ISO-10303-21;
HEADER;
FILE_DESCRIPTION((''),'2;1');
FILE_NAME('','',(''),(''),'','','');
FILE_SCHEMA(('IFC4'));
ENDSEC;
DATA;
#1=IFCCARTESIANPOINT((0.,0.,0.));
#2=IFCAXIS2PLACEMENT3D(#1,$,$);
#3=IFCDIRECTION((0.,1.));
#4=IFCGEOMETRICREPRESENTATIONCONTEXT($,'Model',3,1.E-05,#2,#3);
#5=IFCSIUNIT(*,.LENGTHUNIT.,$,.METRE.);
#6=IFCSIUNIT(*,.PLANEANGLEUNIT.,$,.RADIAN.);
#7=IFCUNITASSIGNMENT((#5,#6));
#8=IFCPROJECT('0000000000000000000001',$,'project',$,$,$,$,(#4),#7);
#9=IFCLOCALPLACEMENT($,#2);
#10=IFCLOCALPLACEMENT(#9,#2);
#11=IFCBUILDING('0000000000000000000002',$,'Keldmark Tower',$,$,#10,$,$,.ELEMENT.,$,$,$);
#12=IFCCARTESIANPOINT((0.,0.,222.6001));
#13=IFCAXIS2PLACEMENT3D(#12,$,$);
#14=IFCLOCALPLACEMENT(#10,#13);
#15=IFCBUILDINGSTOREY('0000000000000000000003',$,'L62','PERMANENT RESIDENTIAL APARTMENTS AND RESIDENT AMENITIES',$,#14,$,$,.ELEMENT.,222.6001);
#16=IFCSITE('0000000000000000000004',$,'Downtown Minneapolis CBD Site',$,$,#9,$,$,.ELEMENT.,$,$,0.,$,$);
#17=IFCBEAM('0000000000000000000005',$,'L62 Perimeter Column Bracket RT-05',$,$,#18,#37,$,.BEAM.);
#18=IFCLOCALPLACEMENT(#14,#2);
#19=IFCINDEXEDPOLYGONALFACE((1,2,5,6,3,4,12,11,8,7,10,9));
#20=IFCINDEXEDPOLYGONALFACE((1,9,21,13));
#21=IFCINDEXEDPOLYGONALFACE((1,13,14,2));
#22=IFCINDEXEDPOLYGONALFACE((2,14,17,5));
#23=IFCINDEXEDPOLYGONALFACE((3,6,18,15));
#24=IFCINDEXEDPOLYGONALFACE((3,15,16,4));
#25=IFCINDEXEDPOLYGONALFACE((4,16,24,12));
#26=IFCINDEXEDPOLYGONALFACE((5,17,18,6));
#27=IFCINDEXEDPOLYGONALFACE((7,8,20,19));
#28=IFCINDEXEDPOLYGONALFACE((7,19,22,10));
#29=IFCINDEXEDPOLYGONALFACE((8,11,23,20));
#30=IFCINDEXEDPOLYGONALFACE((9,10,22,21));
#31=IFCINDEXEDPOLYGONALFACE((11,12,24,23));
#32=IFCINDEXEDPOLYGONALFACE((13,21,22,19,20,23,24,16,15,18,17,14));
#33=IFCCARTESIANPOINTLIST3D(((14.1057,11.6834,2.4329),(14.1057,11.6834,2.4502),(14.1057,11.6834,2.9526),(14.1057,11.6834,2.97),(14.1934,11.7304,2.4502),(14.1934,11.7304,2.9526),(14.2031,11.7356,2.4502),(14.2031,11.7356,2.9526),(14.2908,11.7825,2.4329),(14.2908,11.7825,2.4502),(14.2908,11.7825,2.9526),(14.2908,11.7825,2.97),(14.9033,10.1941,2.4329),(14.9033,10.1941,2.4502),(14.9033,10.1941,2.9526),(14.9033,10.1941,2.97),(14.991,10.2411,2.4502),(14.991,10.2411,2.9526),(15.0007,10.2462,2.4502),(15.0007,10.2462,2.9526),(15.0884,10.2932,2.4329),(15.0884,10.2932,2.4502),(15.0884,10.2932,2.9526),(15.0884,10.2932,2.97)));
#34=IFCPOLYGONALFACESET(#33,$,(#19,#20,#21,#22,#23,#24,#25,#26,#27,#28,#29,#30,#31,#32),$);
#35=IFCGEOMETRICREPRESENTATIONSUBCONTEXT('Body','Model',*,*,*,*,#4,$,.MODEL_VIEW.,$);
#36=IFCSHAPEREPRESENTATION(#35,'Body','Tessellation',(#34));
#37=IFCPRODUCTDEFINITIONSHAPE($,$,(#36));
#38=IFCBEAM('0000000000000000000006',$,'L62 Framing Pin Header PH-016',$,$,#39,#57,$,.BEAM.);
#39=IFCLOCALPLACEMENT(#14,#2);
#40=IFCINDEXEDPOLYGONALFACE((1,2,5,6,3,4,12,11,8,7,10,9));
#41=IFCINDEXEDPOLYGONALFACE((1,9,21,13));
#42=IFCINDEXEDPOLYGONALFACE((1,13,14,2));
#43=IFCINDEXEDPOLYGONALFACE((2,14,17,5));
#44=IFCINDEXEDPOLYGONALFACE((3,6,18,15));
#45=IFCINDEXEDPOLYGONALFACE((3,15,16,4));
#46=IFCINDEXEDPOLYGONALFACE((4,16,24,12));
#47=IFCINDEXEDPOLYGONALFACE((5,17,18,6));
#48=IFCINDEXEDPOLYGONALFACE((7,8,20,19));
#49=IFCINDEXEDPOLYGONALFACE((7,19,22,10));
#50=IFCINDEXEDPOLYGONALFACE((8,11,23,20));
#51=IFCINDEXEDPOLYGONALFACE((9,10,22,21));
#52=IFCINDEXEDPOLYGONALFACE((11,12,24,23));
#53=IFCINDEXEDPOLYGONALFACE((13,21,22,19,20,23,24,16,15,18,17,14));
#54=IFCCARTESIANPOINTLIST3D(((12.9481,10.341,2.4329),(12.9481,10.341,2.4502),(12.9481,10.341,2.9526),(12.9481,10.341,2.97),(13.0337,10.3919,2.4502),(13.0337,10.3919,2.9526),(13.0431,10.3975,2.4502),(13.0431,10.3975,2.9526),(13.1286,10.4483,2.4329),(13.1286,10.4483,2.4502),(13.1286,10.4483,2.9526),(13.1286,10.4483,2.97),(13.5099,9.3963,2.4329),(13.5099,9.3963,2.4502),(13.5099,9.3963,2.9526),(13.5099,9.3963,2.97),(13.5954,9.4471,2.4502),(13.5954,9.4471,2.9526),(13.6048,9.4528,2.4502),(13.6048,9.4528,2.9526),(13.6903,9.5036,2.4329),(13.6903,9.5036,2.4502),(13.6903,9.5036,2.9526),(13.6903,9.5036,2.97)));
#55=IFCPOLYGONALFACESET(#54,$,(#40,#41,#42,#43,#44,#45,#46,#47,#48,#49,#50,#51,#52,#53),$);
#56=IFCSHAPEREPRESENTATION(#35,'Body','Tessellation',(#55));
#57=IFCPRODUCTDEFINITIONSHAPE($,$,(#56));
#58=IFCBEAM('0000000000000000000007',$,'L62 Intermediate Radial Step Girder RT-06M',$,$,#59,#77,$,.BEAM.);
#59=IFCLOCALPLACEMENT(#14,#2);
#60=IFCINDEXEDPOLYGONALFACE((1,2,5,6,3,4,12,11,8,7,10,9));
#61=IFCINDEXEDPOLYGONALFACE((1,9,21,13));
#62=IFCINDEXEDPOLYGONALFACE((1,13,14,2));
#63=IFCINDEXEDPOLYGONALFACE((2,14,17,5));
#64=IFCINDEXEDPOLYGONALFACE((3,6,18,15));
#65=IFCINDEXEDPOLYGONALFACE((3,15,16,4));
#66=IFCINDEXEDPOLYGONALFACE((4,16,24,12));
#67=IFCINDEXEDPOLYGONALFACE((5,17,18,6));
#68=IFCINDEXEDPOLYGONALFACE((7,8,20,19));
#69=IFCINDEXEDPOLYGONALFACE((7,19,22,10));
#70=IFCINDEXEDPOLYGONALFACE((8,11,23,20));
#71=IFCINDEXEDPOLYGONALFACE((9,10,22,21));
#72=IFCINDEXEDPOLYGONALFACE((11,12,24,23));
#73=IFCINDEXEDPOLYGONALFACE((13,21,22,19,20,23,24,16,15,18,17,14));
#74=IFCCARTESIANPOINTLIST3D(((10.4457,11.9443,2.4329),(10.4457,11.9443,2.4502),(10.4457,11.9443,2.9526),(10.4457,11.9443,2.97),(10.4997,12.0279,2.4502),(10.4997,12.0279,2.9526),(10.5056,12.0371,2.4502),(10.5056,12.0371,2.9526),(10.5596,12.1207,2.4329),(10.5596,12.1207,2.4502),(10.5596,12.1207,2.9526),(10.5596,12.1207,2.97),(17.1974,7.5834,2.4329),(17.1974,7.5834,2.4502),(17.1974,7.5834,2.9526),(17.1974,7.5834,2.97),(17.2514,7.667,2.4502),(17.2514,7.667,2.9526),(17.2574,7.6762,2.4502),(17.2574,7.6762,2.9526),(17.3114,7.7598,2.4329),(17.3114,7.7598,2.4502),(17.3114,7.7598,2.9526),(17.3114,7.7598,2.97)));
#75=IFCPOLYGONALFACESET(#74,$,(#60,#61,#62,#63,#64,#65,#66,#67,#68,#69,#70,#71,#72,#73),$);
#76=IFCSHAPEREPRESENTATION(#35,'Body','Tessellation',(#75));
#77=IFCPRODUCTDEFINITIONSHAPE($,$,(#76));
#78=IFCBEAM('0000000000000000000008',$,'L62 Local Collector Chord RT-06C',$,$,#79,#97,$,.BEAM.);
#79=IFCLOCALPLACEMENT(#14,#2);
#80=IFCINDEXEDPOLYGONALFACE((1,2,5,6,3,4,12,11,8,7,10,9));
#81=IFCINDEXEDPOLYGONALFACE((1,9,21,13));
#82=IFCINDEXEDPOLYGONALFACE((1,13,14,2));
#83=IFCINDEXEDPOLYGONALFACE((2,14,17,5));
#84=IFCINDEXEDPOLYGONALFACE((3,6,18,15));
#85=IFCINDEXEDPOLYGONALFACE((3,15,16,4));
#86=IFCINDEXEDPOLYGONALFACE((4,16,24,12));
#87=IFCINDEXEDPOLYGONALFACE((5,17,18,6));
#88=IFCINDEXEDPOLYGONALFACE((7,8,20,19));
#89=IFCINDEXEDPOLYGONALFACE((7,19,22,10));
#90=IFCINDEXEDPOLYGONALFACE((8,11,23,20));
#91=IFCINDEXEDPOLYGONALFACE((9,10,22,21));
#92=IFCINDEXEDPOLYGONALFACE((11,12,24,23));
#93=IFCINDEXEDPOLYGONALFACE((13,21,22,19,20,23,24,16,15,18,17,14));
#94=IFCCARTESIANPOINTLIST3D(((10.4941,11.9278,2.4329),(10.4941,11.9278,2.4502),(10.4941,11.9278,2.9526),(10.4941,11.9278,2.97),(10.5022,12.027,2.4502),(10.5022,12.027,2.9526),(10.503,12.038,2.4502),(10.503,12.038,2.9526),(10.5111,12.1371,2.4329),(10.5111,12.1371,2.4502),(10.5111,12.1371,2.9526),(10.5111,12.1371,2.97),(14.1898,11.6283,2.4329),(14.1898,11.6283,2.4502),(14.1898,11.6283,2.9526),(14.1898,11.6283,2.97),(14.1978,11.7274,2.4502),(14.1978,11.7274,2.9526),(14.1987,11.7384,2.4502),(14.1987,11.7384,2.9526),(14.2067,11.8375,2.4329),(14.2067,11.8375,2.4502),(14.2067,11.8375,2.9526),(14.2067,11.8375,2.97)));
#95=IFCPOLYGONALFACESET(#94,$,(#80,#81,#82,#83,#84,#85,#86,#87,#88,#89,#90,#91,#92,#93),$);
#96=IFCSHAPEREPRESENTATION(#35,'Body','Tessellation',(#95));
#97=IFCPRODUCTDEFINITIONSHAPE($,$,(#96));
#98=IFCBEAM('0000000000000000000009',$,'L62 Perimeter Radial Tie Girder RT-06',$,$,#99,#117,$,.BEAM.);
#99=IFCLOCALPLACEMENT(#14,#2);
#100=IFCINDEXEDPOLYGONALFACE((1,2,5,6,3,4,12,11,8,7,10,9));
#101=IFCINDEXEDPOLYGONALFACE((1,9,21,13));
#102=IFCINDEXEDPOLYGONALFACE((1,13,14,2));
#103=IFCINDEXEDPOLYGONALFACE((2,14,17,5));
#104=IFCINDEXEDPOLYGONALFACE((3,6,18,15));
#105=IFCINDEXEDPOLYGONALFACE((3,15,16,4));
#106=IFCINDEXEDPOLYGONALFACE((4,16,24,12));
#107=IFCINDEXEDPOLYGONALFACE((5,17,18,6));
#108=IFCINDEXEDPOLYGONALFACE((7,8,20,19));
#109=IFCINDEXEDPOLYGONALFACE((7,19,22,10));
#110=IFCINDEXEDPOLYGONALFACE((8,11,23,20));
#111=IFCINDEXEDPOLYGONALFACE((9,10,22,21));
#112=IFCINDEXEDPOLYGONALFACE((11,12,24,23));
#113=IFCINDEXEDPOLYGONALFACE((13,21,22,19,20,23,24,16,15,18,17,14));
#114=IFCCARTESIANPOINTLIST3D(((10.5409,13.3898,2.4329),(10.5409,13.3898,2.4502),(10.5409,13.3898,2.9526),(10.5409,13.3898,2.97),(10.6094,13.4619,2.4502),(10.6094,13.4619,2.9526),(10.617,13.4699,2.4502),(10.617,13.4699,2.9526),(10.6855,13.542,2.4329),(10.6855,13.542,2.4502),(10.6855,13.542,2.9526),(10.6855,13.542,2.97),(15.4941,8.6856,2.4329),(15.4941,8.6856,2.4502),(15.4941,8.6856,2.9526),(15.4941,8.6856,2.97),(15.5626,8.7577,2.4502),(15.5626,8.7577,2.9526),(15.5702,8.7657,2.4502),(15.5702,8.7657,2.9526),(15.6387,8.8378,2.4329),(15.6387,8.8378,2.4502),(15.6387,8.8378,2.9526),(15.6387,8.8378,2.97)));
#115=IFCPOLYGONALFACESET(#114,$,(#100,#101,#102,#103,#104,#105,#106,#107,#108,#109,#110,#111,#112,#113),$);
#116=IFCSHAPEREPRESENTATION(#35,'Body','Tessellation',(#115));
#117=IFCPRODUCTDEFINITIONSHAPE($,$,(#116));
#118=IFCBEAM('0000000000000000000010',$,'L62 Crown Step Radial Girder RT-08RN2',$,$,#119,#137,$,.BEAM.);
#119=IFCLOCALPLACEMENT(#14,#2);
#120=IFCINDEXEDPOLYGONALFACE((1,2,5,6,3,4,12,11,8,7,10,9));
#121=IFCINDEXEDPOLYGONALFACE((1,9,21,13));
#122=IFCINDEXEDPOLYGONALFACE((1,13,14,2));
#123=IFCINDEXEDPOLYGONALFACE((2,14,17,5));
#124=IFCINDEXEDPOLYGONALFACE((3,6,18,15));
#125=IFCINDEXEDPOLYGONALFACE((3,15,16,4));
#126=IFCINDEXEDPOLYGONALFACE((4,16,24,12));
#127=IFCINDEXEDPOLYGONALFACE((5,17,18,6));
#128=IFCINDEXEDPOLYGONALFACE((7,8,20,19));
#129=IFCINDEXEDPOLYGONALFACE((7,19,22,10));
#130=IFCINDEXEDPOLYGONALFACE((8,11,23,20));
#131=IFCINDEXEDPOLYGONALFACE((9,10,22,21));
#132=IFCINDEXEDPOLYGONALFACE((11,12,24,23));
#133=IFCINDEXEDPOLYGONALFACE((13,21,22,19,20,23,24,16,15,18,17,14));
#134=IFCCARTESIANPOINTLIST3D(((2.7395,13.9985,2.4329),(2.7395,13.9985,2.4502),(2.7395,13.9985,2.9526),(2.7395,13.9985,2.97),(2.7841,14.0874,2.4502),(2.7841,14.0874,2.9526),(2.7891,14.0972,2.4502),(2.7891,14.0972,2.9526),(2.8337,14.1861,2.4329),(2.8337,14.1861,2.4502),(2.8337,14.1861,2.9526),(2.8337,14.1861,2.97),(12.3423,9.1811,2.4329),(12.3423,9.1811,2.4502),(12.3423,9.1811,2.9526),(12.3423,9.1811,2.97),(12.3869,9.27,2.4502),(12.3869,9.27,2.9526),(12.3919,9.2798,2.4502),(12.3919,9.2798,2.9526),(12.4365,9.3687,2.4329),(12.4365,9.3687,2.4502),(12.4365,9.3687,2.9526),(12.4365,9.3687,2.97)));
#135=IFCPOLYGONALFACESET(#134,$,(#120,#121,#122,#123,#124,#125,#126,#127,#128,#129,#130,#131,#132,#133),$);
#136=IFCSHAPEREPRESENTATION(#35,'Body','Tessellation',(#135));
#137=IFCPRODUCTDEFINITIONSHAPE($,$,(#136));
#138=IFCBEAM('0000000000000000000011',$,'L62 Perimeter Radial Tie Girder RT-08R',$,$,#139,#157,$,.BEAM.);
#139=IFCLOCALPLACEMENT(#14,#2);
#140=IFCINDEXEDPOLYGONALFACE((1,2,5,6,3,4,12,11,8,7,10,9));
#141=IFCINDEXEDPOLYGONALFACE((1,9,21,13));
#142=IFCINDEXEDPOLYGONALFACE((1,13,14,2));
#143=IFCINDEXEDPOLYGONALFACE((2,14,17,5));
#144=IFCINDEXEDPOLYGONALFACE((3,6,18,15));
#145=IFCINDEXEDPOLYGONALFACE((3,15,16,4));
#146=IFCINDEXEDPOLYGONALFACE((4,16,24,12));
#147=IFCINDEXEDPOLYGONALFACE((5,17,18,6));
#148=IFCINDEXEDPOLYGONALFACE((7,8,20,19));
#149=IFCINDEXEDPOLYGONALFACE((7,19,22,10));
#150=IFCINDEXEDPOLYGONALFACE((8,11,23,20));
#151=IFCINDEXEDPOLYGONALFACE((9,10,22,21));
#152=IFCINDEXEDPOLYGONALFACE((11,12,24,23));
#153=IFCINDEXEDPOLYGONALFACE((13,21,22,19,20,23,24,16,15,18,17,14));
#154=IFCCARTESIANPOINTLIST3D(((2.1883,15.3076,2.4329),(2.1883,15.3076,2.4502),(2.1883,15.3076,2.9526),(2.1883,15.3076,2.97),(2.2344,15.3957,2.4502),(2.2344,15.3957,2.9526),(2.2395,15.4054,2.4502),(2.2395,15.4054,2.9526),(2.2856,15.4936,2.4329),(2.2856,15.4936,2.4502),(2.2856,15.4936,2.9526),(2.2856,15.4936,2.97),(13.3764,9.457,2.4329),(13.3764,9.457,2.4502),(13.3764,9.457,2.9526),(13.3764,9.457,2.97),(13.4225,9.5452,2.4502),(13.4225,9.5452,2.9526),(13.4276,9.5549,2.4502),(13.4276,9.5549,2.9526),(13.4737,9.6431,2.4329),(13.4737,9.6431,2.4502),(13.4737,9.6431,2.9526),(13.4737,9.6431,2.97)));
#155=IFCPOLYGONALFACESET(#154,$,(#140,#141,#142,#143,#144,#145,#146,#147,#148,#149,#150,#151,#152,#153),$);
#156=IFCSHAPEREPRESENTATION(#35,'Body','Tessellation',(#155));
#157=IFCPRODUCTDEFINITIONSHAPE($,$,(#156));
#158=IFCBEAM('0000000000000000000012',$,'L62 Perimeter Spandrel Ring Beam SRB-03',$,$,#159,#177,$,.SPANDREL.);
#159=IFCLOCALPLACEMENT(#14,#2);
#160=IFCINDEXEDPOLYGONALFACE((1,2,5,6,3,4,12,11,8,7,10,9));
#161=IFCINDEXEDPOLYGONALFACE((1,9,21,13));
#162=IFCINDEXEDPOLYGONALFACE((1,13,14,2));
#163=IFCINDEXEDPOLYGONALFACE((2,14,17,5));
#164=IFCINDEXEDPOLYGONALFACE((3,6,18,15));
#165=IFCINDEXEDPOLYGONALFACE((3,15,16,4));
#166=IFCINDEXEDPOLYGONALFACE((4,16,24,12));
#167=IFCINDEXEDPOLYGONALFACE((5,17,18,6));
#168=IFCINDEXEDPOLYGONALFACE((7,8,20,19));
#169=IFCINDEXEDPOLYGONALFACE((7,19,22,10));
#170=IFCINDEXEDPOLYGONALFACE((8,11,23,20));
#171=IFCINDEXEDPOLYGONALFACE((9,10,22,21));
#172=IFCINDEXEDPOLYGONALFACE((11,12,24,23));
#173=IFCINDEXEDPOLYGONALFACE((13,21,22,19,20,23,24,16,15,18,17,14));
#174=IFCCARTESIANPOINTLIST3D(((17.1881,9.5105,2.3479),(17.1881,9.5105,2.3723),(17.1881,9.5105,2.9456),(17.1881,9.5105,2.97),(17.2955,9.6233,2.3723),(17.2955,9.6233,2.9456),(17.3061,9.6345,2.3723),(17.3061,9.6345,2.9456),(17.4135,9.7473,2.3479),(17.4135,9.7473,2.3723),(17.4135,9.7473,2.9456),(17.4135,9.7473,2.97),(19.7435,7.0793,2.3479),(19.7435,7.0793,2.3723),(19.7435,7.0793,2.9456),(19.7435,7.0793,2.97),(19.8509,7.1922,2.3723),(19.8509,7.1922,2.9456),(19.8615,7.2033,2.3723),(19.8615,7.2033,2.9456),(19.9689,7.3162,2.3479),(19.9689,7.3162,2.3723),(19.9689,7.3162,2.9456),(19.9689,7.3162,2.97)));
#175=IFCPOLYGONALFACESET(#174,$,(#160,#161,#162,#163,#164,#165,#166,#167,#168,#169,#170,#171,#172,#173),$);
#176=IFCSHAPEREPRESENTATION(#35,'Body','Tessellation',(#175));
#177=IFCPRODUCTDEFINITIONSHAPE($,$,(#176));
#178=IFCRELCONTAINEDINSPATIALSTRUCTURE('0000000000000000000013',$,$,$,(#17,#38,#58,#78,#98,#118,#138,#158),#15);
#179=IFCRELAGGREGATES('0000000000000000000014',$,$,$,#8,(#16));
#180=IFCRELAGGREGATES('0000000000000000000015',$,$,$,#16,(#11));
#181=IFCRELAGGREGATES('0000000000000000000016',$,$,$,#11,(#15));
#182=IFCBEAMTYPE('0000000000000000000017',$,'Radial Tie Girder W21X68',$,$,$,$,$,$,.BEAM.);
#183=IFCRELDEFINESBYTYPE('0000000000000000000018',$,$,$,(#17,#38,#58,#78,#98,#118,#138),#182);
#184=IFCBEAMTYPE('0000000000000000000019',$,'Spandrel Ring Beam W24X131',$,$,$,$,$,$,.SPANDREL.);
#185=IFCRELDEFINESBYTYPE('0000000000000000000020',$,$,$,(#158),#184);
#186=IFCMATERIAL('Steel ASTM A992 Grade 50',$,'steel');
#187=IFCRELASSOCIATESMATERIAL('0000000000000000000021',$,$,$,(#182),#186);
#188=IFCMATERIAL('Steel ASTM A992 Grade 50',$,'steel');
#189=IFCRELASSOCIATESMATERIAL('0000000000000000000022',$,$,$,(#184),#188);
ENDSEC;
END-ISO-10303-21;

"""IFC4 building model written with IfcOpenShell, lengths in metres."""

from ifc_helpers import new_model, si_unit, direction, frame, origin, origin_2d, place, context, subcontext, project, spatial, i_section, extrude, material, material_profile, profile_set, type_object, element, save


model = new_model("IFC4")

# Units and contexts
model_context = context("Model", 3, precision=1e-05, world=origin(), true_north=direction((0.0, 1.0)))
body_context = subcontext(model_context, "Body", "Model", "MODEL_VIEW")
ifc_project = project(units=[si_unit("LENGTHUNIT", "METRE"), si_unit("PLANEANGLEUNIT", "RADIAN")], contexts=[model_context])

# Site, building, storey
site_placement = place(None, origin())
site = spatial("IfcSite", under=ifc_project, at=site_placement, Name="Downtown Minneapolis CBD Site", CompositionType="ELEMENT", RefElevation=0.0)
building_placement = place(site_placement, origin())
building = spatial("IfcBuilding", under=site, at=building_placement, Name="Keldmark Tower", CompositionType="ELEMENT")
storey_placement = place(building_placement, frame((0.0, 0.0, 222.6001)))
storey = spatial("IfcBuildingStorey", under=building, at=storey_placement, Name="L62", Description="PERMANENT RESIDENTIAL APARTMENTS AND RESIDENT AMENITIES", CompositionType="ELEMENT", Elevation=222.6001)

# Beams
ifc_material_1 = material(Name="Steel ASTM A992 Grade 50", Category="steel")
ifc_material_profile_1 = material_profile(ifc_material_1, i_section(OverallWidth=0.21, OverallDepth=0.5371, WebThickness=0.011, FlangeThickness=0.0173, at=origin_2d()), Name="W21X68")
ifc_profile_set_1 = profile_set([ifc_material_profile_1], Name="Steel ASTM A992 Grade 50")
beam_type_1 = type_object("IfcBeamType", Name="Radial Tie Girder W21X68", PredefinedType="BEAM", material=ifc_profile_set_1)
beam_1_placement = place(storey_placement, frame((14.9958, 10.2437, 2.7014), z_axis=(-0.472125, 0.881532, 0.0), x_axis=(-0.881532, -0.472125, 0.0)))
element("IfcBeam", 1, at=beam_1_placement, inside=storey, type_object=beam_type_1, Name="L62 Perimeter Column Bracket RT-05", PredefinedType="BEAM", context=body_context, shape_type="SweptSolid", body=[
    extrude(i_section(OverallWidth=0.21, OverallDepth=0.5371, WebThickness=0.011, FlangeThickness=0.0173, at=origin_2d()), origin(), (0.0, 0.0, 1.0), 1.6895),
])
beam_2_placement = place(storey_placement, frame((13.6001, 9.45, 2.7014), z_axis=(-0.511062, 0.859544, 0.0), x_axis=(-0.859544, -0.511062, 0.0)))
element("IfcBeam", 2, at=beam_2_placement, inside=storey, type_object=beam_type_1, Name="L62 Framing Pin Header PH-016", PredefinedType="BEAM", context=body_context, shape_type="SweptSolid", body=[
    extrude(i_section(OverallWidth=0.21, OverallDepth=0.5371, WebThickness=0.011, FlangeThickness=0.0173, at=origin_2d()), origin(), (0.0, 0.0, 1.0), 1.0991),
])
beam_3_placement = place(storey_placement, frame((17.2544, 7.6716, 2.7014), z_axis=(-0.840019, 0.542557, 0.0), x_axis=(-0.542557, -0.840019, 0.0)))
element("IfcBeam", 3, at=beam_3_placement, inside=storey, type_object=beam_type_1, Name="L62 Intermediate Radial Step Girder RT-06M", PredefinedType="BEAM", context=body_context, shape_type="SweptSolid", body=[
    extrude(i_section(OverallWidth=0.21, OverallDepth=0.5371, WebThickness=0.011, FlangeThickness=0.0173, at=origin_2d()), origin(), (0.0, 0.0, 1.0), 8.0376),
])
beam_4_placement = place(storey_placement, frame((14.1982, 11.7329, 2.7014), z_axis=(-0.996731, 0.080795, 0.0), x_axis=(-0.080795, -0.996731, 0.0)))
element("IfcBeam", 4, at=beam_4_placement, inside=storey, type_object=beam_type_1, Name="L62 Local Collector Chord RT-06C", PredefinedType="BEAM", context=body_context, shape_type="SweptSolid", body=[
    extrude(i_section(OverallWidth=0.21, OverallDepth=0.5371, WebThickness=0.011, FlangeThickness=0.0173, at=origin_2d()), origin(), (0.0, 0.0, 1.0), 3.7078),
])
beam_5_placement = place(storey_placement, frame((15.5664, 8.7617, 2.7014), z_axis=(-0.725099, 0.688644, 0.0), x_axis=(-0.688644, -0.725099, 0.0)))
element("IfcBeam", 5, at=beam_5_placement, inside=storey, type_object=beam_type_1, Name="L62 Perimeter Radial Tie Girder RT-06", PredefinedType="BEAM", context=body_context, shape_type="SweptSolid", body=[
    extrude(i_section(OverallWidth=0.21, OverallDepth=0.5371, WebThickness=0.011, FlangeThickness=0.0173, at=origin_2d()), origin(), (0.0, 0.0, 1.0), 6.8311),
])
beam_6_placement = place(storey_placement, frame((12.3894, 9.2749, 2.7014), z_axis=(-0.893831, 0.448404, 0.0), x_axis=(-0.448404, -0.893831, 0.0)))
element("IfcBeam", 6, at=beam_6_placement, inside=storey, type_object=beam_type_1, Name="L62 Crown Step Radial Girder RT-08RN2", PredefinedType="BEAM", context=body_context, shape_type="SweptSolid", body=[
    extrude(i_section(OverallWidth=0.21, OverallDepth=0.5371, WebThickness=0.011, FlangeThickness=0.0173, at=origin_2d()), origin(), (0.0, 0.0, 1.0), 10.7434),
])
beam_7_placement = place(storey_placement, frame((13.425, 9.55, 2.7014), z_axis=(-0.886154, 0.463391, 0.0), x_axis=(-0.463391, -0.886154, 0.0)))
element("IfcBeam", 7, at=beam_7_placement, inside=storey, type_object=beam_type_1, Name="L62 Perimeter Radial Tie Girder RT-08R", PredefinedType="BEAM", context=body_context, shape_type="SweptSolid", body=[
    extrude(i_section(OverallWidth=0.21, OverallDepth=0.5371, WebThickness=0.011, FlangeThickness=0.0173, at=origin_2d()), origin(), (0.0, 0.0, 1.0), 12.6255),
])
ifc_material_2 = material(Name="Steel ASTM A992 Grade 50", Category="steel")
ifc_material_profile_2 = material_profile(ifc_material_2, i_section(OverallWidth=0.3269, OverallDepth=0.6221, WebThickness=0.0154, FlangeThickness=0.0244, at=origin_2d()), Name="W24X131")
ifc_profile_set_2 = profile_set([ifc_material_profile_2], Name="Steel ASTM A992 Grade 50")
beam_type_2 = type_object("IfcBeamType", Name="Spandrel Ring Beam W24X131", PredefinedType="SPANDREL", material=ifc_profile_set_2)
beam_8_placement = place(storey_placement, frame((19.8562, 7.1978, 2.6589), z_axis=(-0.724503, 0.689271, 0.0), x_axis=(-0.689271, -0.724503, 0.0)))
element("IfcBeam", 8, at=beam_8_placement, inside=storey, type_object=beam_type_2, Name="L62 Perimeter Spandrel Ring Beam SRB-03", PredefinedType="SPANDREL", context=body_context, shape_type="SweptSolid", body=[
    extrude(i_section(OverallWidth=0.3269, OverallDepth=0.6221, WebThickness=0.0154, FlangeThickness=0.0244, at=origin_2d()), origin(), (0.0, 0.0, 1.0), 3.5271),
])

save(model, "model.ifc")
